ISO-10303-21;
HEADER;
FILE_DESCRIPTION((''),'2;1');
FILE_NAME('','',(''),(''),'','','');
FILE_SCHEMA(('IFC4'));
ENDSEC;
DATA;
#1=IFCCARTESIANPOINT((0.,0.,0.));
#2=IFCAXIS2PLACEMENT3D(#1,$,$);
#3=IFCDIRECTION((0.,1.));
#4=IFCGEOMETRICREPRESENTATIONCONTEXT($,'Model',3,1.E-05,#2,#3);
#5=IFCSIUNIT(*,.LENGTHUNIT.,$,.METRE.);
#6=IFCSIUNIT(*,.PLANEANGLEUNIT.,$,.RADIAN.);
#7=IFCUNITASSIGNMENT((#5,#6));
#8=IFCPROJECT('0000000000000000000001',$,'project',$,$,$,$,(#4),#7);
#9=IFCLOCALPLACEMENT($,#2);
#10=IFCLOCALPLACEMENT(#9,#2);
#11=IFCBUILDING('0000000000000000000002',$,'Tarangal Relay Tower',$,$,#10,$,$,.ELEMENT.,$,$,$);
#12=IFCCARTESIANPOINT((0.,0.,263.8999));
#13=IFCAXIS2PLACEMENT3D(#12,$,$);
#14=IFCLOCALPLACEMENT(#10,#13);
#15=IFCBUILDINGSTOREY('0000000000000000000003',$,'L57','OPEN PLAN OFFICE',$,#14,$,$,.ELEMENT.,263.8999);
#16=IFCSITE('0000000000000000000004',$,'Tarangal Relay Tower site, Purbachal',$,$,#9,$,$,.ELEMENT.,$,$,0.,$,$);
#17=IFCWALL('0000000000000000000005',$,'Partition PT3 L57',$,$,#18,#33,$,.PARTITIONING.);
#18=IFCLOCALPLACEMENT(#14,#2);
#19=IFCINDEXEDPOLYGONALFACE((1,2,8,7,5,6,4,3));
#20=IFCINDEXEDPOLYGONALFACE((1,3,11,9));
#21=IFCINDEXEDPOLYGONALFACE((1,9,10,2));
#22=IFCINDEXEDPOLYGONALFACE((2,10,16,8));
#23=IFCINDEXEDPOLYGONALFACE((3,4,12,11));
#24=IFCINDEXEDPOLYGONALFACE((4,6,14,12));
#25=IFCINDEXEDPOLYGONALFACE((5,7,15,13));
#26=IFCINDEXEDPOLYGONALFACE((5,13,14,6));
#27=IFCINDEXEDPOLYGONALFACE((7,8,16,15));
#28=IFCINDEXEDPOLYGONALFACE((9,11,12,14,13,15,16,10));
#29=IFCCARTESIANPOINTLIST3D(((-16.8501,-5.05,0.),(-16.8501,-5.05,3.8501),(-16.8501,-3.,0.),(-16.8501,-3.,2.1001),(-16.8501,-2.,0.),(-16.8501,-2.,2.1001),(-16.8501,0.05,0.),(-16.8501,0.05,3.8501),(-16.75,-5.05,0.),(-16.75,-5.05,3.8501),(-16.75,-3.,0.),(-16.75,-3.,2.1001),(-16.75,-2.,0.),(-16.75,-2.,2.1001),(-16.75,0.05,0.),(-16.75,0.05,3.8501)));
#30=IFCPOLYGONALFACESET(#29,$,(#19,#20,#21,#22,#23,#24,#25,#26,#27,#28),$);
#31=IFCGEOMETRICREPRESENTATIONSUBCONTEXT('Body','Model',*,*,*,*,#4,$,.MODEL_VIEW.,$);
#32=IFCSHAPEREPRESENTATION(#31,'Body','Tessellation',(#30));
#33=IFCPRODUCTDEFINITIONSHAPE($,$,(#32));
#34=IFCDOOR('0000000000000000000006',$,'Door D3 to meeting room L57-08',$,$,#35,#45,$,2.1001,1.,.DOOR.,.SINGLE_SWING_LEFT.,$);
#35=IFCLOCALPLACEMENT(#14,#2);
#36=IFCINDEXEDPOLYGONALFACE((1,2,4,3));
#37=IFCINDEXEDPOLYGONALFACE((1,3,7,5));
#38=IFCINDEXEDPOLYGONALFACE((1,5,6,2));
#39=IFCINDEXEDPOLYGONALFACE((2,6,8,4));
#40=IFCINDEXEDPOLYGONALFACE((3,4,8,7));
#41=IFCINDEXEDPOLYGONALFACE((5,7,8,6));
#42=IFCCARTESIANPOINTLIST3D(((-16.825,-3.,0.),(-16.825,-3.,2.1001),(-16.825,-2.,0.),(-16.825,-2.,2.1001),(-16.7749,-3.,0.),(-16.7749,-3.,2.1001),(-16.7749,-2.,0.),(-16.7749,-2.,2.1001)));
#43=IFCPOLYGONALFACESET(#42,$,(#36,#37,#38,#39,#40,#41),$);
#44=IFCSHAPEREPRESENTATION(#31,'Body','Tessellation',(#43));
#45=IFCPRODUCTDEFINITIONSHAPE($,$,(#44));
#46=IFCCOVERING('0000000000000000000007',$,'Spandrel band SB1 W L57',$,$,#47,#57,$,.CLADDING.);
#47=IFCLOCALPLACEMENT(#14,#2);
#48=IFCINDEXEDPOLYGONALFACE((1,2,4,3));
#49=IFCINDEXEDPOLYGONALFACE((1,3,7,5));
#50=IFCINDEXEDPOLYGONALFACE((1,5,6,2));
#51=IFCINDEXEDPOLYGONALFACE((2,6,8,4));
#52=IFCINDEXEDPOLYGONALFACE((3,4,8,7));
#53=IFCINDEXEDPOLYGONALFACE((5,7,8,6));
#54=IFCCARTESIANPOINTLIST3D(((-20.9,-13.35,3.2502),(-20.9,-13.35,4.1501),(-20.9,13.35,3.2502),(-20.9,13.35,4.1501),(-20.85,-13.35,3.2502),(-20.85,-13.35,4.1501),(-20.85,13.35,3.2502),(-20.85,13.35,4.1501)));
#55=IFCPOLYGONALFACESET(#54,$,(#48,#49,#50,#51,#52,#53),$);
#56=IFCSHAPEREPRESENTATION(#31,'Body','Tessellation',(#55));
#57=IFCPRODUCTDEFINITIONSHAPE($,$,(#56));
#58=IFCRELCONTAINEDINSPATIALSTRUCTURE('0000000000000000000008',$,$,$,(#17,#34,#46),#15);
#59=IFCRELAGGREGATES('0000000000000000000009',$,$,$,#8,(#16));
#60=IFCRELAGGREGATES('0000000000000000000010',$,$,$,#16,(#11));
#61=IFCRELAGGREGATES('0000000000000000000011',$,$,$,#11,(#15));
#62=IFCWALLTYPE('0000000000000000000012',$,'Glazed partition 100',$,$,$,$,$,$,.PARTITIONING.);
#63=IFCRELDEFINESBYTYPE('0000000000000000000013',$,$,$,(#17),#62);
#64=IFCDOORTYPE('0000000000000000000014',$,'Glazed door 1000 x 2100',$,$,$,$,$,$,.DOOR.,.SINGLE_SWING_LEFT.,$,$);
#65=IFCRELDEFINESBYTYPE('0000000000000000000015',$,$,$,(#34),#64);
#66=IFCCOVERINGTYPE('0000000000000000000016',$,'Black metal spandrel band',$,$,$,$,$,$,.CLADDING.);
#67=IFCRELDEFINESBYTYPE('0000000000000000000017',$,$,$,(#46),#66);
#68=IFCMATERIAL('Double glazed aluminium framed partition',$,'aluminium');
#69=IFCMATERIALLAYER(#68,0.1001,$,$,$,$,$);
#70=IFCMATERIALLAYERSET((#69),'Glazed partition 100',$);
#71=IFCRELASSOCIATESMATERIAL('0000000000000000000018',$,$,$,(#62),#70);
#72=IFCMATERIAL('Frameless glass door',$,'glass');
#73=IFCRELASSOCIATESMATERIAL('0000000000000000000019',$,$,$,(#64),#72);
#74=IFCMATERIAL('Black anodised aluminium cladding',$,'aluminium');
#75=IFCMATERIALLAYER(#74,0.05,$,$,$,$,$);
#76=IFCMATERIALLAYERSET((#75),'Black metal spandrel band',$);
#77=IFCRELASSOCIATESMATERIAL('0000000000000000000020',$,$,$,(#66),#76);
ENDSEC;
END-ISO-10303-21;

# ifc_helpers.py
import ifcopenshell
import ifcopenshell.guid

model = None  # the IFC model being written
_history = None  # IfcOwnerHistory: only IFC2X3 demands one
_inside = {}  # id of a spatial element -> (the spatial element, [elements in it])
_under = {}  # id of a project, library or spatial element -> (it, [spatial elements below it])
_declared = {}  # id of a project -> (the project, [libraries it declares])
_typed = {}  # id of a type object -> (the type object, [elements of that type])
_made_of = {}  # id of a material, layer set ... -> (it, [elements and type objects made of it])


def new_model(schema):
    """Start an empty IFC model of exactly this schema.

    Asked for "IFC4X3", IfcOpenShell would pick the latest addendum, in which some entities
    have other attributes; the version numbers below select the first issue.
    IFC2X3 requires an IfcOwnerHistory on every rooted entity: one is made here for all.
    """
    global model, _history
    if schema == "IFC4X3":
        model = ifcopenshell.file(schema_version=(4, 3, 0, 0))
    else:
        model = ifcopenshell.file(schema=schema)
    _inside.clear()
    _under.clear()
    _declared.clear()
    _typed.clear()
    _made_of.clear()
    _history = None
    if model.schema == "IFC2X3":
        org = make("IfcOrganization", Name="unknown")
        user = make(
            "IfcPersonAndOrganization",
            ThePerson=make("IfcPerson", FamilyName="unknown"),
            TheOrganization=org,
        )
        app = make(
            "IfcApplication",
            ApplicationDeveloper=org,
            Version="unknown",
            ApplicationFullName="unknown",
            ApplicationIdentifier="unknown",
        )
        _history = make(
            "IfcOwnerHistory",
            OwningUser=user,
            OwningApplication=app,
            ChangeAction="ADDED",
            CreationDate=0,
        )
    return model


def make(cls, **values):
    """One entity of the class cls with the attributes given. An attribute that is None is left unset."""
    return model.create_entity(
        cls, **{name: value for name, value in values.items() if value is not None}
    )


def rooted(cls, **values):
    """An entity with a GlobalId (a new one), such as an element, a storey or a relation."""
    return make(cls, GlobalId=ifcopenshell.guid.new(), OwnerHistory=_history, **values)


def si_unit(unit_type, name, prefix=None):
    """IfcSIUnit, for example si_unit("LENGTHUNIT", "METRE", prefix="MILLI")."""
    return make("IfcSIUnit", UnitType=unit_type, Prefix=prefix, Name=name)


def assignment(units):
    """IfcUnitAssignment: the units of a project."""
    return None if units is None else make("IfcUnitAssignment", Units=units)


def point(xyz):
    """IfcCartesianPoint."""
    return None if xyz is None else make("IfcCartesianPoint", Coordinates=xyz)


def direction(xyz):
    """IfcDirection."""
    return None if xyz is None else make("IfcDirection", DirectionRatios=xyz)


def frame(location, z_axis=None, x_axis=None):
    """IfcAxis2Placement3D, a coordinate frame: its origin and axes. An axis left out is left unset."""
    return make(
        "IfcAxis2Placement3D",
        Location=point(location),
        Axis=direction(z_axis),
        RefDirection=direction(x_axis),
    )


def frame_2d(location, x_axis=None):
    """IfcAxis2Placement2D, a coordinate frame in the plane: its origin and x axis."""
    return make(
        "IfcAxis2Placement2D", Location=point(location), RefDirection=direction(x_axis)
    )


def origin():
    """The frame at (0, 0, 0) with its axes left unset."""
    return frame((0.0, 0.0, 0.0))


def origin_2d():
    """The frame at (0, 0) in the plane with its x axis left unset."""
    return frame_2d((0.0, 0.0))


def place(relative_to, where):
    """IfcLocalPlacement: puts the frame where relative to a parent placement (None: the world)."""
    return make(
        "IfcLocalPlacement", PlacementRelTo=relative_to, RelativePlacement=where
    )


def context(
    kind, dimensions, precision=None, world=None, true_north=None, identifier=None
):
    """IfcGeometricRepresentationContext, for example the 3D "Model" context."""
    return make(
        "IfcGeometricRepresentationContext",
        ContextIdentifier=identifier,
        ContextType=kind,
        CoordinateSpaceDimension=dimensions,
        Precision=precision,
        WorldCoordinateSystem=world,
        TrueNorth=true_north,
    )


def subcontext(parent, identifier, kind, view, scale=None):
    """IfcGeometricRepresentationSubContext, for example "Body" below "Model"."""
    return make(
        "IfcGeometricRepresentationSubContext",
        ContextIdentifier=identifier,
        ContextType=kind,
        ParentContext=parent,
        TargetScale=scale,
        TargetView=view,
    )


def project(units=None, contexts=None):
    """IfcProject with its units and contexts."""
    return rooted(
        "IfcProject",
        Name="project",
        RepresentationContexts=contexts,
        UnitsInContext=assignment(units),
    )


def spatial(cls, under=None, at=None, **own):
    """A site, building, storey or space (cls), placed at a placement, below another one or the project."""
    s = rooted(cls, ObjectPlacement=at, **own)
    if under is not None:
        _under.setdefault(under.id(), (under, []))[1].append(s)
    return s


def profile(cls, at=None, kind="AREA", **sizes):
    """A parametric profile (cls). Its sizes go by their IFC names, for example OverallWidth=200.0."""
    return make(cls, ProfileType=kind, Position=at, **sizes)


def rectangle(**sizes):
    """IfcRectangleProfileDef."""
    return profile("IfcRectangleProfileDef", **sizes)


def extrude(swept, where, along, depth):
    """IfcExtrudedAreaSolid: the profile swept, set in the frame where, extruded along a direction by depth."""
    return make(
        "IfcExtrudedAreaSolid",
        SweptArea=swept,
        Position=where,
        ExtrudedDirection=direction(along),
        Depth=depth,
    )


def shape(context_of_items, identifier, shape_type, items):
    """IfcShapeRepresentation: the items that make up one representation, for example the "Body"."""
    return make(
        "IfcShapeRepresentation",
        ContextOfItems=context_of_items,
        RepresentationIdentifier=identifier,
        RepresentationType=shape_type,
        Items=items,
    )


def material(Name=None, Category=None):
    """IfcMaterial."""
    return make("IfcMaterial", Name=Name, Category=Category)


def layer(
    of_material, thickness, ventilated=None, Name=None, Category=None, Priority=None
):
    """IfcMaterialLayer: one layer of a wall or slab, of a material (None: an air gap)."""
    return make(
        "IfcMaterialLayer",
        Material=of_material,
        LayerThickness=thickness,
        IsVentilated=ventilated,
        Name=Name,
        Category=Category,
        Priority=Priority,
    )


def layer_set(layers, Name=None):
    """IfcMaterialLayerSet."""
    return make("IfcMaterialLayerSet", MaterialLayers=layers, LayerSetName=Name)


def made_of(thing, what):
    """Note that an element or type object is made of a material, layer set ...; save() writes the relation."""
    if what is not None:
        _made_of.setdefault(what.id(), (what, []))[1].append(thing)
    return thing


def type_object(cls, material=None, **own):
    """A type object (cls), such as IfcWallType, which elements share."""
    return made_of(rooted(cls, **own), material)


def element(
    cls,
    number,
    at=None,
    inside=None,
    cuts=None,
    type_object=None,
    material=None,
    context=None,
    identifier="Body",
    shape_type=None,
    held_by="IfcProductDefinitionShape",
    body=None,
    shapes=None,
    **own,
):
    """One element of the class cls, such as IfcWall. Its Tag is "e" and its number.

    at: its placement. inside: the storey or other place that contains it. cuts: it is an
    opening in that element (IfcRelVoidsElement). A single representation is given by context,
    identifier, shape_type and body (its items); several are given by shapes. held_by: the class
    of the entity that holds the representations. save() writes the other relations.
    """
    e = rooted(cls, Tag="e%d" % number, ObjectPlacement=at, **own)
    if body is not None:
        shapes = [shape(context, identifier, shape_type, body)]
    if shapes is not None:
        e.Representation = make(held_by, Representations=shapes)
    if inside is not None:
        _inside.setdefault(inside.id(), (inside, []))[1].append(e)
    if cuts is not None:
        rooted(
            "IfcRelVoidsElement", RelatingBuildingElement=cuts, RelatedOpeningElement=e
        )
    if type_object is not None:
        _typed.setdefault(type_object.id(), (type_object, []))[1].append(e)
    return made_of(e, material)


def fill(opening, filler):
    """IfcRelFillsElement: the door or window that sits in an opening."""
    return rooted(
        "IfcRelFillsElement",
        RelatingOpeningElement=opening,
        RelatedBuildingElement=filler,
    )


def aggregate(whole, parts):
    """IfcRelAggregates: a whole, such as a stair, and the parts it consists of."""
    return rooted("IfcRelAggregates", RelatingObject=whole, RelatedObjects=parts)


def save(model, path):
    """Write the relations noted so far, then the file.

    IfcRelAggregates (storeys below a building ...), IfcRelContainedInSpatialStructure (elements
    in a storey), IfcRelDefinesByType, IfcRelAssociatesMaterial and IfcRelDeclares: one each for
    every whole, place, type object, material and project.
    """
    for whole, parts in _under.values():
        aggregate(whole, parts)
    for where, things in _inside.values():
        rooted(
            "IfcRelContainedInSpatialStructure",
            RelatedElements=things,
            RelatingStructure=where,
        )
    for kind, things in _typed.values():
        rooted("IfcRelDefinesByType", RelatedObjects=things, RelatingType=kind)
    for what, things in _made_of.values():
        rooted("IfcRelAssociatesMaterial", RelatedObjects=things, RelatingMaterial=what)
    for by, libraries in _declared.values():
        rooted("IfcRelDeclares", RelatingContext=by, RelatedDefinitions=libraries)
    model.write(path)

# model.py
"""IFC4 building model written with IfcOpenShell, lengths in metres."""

from ifc_helpers import new_model, si_unit, direction, frame, frame_2d, origin, origin_2d, place, context, subcontext, project, spatial, rectangle, extrude, material, layer, layer_set, type_object, element, fill, save


model = new_model("IFC4")

# Units and contexts
model_context = context("Model", 3, precision=1e-05, world=origin(), true_north=direction((0.0, 1.0)))
body_context = subcontext(model_context, "Body", "Model", "MODEL_VIEW")
ifc_project = project(units=[si_unit("LENGTHUNIT", "METRE"), si_unit("PLANEANGLEUNIT", "RADIAN")], contexts=[model_context])

# Site, building, storey
site_placement = place(None, origin())
site = spatial("IfcSite", under=ifc_project, at=site_placement, Name="Tarangal Relay Tower site, Purbachal", CompositionType="ELEMENT", RefElevation=0.0)
building_placement = place(site_placement, origin())
building = spatial("IfcBuilding", under=site, at=building_placement, Name="Tarangal Relay Tower", CompositionType="ELEMENT")
storey_placement = place(building_placement, frame((0.0, 0.0, 263.8999)))
storey = spatial("IfcBuildingStorey", under=building, at=storey_placement, Name="L57", Description="OPEN PLAN OFFICE", CompositionType="ELEMENT", Elevation=263.8999)

# Shared definitions
ifc_material_1 = material(Name="Double glazed aluminium framed partition", Category="aluminium")
ifc_layer_1 = layer(ifc_material_1, 0.1001)
ifc_layer_set_1 = layer_set([ifc_layer_1], Name="Glazed partition 100")
wall_type = type_object("IfcWallType", Name="Glazed partition 100", PredefinedType="PARTITIONING", material=ifc_layer_set_1)

# Wall, opening, door
wall_1_placement = place(storey_placement, frame((-16.8, -5.05, 0.0), z_axis=(0.0, 0.0, 1.0), x_axis=(0.0, 1.0, 0.0)))
wall_1 = element("IfcWall", 1, at=wall_1_placement, inside=storey, type_object=wall_type, Name="Partition PT3 L57", PredefinedType="PARTITIONING", context=body_context, shape_type="SweptSolid", body=[
    extrude(rectangle(XDim=5.1001, YDim=0.1001, at=frame_2d((2.55, 0.0))), origin(), (0.0, 0.0, 1.0), 3.8501),
])
opening_placement = place(wall_1_placement, frame((2.05, 0.0, 0.0)))
opening = element("IfcOpeningElement", 2, at=opening_placement, cuts=wall_1, PredefinedType="OPENING", context=body_context, shape_type="SweptSolid", body=[
    extrude(rectangle(XDim=1.0, YDim=2.1001, at=frame_2d((0.5, 1.05))), frame((0.0, 0.0601, 0.0), z_axis=(0.0, -1.0, 0.0), x_axis=(1.0, 0.0, 0.0)), (0.0, 0.0, 1.0), 0.1201),
])
ifc_material_2 = material(Name="Frameless glass door", Category="glass")
door_type = type_object("IfcDoorType", Name="Glazed door 1000 x 2100", OperationType="SINGLE_SWING_LEFT", PredefinedType="DOOR", material=ifc_material_2)
door_placement = place(opening_placement, origin())
door = element("IfcDoor", 3, at=door_placement, inside=storey, type_object=door_type, Name="Door D3 to meeting room L57-08", OperationType="SINGLE_SWING_LEFT", OverallHeight=2.1001, OverallWidth=1.0, PredefinedType="DOOR", context=body_context, shape_type="SweptSolid", body=[
    extrude(rectangle(XDim=1.0, YDim=2.1001, at=frame_2d((0.5, 1.05))), frame((0.0, 0.0249, 0.0), z_axis=(0.0, -1.0, 0.0), x_axis=(1.0, 0.0, 0.0)), (0.0, 0.0, 1.0), 0.05),
])
fill(opening, door)

# Covering
ifc_material_3 = material(Name="Black anodised aluminium cladding", Category="aluminium")
ifc_layer_2 = layer(ifc_material_3, 0.05)
ifc_layer_set_2 = layer_set([ifc_layer_2], Name="Black metal spandrel band")
covering_type = type_object("IfcCoveringType", Name="Black metal spandrel band", PredefinedType="CLADDING", material=ifc_layer_set_2)
covering_placement = place(storey_placement, frame((-20.875, 0.0, 3.2502), z_axis=(0.0, 0.0, 1.0), x_axis=(0.0, 1.0, 0.0)))
element("IfcCovering", 4, at=covering_placement, inside=storey, type_object=covering_type, Name="Spandrel band SB1 W L57", PredefinedType="CLADDING", context=body_context, shape_type="SweptSolid", body=[
    extrude(rectangle(XDim=26.7, YDim=0.05, at=origin_2d()), origin(), (0.0, 0.0, 1.0), 0.8999),
])

save(model, "model.ifc")
